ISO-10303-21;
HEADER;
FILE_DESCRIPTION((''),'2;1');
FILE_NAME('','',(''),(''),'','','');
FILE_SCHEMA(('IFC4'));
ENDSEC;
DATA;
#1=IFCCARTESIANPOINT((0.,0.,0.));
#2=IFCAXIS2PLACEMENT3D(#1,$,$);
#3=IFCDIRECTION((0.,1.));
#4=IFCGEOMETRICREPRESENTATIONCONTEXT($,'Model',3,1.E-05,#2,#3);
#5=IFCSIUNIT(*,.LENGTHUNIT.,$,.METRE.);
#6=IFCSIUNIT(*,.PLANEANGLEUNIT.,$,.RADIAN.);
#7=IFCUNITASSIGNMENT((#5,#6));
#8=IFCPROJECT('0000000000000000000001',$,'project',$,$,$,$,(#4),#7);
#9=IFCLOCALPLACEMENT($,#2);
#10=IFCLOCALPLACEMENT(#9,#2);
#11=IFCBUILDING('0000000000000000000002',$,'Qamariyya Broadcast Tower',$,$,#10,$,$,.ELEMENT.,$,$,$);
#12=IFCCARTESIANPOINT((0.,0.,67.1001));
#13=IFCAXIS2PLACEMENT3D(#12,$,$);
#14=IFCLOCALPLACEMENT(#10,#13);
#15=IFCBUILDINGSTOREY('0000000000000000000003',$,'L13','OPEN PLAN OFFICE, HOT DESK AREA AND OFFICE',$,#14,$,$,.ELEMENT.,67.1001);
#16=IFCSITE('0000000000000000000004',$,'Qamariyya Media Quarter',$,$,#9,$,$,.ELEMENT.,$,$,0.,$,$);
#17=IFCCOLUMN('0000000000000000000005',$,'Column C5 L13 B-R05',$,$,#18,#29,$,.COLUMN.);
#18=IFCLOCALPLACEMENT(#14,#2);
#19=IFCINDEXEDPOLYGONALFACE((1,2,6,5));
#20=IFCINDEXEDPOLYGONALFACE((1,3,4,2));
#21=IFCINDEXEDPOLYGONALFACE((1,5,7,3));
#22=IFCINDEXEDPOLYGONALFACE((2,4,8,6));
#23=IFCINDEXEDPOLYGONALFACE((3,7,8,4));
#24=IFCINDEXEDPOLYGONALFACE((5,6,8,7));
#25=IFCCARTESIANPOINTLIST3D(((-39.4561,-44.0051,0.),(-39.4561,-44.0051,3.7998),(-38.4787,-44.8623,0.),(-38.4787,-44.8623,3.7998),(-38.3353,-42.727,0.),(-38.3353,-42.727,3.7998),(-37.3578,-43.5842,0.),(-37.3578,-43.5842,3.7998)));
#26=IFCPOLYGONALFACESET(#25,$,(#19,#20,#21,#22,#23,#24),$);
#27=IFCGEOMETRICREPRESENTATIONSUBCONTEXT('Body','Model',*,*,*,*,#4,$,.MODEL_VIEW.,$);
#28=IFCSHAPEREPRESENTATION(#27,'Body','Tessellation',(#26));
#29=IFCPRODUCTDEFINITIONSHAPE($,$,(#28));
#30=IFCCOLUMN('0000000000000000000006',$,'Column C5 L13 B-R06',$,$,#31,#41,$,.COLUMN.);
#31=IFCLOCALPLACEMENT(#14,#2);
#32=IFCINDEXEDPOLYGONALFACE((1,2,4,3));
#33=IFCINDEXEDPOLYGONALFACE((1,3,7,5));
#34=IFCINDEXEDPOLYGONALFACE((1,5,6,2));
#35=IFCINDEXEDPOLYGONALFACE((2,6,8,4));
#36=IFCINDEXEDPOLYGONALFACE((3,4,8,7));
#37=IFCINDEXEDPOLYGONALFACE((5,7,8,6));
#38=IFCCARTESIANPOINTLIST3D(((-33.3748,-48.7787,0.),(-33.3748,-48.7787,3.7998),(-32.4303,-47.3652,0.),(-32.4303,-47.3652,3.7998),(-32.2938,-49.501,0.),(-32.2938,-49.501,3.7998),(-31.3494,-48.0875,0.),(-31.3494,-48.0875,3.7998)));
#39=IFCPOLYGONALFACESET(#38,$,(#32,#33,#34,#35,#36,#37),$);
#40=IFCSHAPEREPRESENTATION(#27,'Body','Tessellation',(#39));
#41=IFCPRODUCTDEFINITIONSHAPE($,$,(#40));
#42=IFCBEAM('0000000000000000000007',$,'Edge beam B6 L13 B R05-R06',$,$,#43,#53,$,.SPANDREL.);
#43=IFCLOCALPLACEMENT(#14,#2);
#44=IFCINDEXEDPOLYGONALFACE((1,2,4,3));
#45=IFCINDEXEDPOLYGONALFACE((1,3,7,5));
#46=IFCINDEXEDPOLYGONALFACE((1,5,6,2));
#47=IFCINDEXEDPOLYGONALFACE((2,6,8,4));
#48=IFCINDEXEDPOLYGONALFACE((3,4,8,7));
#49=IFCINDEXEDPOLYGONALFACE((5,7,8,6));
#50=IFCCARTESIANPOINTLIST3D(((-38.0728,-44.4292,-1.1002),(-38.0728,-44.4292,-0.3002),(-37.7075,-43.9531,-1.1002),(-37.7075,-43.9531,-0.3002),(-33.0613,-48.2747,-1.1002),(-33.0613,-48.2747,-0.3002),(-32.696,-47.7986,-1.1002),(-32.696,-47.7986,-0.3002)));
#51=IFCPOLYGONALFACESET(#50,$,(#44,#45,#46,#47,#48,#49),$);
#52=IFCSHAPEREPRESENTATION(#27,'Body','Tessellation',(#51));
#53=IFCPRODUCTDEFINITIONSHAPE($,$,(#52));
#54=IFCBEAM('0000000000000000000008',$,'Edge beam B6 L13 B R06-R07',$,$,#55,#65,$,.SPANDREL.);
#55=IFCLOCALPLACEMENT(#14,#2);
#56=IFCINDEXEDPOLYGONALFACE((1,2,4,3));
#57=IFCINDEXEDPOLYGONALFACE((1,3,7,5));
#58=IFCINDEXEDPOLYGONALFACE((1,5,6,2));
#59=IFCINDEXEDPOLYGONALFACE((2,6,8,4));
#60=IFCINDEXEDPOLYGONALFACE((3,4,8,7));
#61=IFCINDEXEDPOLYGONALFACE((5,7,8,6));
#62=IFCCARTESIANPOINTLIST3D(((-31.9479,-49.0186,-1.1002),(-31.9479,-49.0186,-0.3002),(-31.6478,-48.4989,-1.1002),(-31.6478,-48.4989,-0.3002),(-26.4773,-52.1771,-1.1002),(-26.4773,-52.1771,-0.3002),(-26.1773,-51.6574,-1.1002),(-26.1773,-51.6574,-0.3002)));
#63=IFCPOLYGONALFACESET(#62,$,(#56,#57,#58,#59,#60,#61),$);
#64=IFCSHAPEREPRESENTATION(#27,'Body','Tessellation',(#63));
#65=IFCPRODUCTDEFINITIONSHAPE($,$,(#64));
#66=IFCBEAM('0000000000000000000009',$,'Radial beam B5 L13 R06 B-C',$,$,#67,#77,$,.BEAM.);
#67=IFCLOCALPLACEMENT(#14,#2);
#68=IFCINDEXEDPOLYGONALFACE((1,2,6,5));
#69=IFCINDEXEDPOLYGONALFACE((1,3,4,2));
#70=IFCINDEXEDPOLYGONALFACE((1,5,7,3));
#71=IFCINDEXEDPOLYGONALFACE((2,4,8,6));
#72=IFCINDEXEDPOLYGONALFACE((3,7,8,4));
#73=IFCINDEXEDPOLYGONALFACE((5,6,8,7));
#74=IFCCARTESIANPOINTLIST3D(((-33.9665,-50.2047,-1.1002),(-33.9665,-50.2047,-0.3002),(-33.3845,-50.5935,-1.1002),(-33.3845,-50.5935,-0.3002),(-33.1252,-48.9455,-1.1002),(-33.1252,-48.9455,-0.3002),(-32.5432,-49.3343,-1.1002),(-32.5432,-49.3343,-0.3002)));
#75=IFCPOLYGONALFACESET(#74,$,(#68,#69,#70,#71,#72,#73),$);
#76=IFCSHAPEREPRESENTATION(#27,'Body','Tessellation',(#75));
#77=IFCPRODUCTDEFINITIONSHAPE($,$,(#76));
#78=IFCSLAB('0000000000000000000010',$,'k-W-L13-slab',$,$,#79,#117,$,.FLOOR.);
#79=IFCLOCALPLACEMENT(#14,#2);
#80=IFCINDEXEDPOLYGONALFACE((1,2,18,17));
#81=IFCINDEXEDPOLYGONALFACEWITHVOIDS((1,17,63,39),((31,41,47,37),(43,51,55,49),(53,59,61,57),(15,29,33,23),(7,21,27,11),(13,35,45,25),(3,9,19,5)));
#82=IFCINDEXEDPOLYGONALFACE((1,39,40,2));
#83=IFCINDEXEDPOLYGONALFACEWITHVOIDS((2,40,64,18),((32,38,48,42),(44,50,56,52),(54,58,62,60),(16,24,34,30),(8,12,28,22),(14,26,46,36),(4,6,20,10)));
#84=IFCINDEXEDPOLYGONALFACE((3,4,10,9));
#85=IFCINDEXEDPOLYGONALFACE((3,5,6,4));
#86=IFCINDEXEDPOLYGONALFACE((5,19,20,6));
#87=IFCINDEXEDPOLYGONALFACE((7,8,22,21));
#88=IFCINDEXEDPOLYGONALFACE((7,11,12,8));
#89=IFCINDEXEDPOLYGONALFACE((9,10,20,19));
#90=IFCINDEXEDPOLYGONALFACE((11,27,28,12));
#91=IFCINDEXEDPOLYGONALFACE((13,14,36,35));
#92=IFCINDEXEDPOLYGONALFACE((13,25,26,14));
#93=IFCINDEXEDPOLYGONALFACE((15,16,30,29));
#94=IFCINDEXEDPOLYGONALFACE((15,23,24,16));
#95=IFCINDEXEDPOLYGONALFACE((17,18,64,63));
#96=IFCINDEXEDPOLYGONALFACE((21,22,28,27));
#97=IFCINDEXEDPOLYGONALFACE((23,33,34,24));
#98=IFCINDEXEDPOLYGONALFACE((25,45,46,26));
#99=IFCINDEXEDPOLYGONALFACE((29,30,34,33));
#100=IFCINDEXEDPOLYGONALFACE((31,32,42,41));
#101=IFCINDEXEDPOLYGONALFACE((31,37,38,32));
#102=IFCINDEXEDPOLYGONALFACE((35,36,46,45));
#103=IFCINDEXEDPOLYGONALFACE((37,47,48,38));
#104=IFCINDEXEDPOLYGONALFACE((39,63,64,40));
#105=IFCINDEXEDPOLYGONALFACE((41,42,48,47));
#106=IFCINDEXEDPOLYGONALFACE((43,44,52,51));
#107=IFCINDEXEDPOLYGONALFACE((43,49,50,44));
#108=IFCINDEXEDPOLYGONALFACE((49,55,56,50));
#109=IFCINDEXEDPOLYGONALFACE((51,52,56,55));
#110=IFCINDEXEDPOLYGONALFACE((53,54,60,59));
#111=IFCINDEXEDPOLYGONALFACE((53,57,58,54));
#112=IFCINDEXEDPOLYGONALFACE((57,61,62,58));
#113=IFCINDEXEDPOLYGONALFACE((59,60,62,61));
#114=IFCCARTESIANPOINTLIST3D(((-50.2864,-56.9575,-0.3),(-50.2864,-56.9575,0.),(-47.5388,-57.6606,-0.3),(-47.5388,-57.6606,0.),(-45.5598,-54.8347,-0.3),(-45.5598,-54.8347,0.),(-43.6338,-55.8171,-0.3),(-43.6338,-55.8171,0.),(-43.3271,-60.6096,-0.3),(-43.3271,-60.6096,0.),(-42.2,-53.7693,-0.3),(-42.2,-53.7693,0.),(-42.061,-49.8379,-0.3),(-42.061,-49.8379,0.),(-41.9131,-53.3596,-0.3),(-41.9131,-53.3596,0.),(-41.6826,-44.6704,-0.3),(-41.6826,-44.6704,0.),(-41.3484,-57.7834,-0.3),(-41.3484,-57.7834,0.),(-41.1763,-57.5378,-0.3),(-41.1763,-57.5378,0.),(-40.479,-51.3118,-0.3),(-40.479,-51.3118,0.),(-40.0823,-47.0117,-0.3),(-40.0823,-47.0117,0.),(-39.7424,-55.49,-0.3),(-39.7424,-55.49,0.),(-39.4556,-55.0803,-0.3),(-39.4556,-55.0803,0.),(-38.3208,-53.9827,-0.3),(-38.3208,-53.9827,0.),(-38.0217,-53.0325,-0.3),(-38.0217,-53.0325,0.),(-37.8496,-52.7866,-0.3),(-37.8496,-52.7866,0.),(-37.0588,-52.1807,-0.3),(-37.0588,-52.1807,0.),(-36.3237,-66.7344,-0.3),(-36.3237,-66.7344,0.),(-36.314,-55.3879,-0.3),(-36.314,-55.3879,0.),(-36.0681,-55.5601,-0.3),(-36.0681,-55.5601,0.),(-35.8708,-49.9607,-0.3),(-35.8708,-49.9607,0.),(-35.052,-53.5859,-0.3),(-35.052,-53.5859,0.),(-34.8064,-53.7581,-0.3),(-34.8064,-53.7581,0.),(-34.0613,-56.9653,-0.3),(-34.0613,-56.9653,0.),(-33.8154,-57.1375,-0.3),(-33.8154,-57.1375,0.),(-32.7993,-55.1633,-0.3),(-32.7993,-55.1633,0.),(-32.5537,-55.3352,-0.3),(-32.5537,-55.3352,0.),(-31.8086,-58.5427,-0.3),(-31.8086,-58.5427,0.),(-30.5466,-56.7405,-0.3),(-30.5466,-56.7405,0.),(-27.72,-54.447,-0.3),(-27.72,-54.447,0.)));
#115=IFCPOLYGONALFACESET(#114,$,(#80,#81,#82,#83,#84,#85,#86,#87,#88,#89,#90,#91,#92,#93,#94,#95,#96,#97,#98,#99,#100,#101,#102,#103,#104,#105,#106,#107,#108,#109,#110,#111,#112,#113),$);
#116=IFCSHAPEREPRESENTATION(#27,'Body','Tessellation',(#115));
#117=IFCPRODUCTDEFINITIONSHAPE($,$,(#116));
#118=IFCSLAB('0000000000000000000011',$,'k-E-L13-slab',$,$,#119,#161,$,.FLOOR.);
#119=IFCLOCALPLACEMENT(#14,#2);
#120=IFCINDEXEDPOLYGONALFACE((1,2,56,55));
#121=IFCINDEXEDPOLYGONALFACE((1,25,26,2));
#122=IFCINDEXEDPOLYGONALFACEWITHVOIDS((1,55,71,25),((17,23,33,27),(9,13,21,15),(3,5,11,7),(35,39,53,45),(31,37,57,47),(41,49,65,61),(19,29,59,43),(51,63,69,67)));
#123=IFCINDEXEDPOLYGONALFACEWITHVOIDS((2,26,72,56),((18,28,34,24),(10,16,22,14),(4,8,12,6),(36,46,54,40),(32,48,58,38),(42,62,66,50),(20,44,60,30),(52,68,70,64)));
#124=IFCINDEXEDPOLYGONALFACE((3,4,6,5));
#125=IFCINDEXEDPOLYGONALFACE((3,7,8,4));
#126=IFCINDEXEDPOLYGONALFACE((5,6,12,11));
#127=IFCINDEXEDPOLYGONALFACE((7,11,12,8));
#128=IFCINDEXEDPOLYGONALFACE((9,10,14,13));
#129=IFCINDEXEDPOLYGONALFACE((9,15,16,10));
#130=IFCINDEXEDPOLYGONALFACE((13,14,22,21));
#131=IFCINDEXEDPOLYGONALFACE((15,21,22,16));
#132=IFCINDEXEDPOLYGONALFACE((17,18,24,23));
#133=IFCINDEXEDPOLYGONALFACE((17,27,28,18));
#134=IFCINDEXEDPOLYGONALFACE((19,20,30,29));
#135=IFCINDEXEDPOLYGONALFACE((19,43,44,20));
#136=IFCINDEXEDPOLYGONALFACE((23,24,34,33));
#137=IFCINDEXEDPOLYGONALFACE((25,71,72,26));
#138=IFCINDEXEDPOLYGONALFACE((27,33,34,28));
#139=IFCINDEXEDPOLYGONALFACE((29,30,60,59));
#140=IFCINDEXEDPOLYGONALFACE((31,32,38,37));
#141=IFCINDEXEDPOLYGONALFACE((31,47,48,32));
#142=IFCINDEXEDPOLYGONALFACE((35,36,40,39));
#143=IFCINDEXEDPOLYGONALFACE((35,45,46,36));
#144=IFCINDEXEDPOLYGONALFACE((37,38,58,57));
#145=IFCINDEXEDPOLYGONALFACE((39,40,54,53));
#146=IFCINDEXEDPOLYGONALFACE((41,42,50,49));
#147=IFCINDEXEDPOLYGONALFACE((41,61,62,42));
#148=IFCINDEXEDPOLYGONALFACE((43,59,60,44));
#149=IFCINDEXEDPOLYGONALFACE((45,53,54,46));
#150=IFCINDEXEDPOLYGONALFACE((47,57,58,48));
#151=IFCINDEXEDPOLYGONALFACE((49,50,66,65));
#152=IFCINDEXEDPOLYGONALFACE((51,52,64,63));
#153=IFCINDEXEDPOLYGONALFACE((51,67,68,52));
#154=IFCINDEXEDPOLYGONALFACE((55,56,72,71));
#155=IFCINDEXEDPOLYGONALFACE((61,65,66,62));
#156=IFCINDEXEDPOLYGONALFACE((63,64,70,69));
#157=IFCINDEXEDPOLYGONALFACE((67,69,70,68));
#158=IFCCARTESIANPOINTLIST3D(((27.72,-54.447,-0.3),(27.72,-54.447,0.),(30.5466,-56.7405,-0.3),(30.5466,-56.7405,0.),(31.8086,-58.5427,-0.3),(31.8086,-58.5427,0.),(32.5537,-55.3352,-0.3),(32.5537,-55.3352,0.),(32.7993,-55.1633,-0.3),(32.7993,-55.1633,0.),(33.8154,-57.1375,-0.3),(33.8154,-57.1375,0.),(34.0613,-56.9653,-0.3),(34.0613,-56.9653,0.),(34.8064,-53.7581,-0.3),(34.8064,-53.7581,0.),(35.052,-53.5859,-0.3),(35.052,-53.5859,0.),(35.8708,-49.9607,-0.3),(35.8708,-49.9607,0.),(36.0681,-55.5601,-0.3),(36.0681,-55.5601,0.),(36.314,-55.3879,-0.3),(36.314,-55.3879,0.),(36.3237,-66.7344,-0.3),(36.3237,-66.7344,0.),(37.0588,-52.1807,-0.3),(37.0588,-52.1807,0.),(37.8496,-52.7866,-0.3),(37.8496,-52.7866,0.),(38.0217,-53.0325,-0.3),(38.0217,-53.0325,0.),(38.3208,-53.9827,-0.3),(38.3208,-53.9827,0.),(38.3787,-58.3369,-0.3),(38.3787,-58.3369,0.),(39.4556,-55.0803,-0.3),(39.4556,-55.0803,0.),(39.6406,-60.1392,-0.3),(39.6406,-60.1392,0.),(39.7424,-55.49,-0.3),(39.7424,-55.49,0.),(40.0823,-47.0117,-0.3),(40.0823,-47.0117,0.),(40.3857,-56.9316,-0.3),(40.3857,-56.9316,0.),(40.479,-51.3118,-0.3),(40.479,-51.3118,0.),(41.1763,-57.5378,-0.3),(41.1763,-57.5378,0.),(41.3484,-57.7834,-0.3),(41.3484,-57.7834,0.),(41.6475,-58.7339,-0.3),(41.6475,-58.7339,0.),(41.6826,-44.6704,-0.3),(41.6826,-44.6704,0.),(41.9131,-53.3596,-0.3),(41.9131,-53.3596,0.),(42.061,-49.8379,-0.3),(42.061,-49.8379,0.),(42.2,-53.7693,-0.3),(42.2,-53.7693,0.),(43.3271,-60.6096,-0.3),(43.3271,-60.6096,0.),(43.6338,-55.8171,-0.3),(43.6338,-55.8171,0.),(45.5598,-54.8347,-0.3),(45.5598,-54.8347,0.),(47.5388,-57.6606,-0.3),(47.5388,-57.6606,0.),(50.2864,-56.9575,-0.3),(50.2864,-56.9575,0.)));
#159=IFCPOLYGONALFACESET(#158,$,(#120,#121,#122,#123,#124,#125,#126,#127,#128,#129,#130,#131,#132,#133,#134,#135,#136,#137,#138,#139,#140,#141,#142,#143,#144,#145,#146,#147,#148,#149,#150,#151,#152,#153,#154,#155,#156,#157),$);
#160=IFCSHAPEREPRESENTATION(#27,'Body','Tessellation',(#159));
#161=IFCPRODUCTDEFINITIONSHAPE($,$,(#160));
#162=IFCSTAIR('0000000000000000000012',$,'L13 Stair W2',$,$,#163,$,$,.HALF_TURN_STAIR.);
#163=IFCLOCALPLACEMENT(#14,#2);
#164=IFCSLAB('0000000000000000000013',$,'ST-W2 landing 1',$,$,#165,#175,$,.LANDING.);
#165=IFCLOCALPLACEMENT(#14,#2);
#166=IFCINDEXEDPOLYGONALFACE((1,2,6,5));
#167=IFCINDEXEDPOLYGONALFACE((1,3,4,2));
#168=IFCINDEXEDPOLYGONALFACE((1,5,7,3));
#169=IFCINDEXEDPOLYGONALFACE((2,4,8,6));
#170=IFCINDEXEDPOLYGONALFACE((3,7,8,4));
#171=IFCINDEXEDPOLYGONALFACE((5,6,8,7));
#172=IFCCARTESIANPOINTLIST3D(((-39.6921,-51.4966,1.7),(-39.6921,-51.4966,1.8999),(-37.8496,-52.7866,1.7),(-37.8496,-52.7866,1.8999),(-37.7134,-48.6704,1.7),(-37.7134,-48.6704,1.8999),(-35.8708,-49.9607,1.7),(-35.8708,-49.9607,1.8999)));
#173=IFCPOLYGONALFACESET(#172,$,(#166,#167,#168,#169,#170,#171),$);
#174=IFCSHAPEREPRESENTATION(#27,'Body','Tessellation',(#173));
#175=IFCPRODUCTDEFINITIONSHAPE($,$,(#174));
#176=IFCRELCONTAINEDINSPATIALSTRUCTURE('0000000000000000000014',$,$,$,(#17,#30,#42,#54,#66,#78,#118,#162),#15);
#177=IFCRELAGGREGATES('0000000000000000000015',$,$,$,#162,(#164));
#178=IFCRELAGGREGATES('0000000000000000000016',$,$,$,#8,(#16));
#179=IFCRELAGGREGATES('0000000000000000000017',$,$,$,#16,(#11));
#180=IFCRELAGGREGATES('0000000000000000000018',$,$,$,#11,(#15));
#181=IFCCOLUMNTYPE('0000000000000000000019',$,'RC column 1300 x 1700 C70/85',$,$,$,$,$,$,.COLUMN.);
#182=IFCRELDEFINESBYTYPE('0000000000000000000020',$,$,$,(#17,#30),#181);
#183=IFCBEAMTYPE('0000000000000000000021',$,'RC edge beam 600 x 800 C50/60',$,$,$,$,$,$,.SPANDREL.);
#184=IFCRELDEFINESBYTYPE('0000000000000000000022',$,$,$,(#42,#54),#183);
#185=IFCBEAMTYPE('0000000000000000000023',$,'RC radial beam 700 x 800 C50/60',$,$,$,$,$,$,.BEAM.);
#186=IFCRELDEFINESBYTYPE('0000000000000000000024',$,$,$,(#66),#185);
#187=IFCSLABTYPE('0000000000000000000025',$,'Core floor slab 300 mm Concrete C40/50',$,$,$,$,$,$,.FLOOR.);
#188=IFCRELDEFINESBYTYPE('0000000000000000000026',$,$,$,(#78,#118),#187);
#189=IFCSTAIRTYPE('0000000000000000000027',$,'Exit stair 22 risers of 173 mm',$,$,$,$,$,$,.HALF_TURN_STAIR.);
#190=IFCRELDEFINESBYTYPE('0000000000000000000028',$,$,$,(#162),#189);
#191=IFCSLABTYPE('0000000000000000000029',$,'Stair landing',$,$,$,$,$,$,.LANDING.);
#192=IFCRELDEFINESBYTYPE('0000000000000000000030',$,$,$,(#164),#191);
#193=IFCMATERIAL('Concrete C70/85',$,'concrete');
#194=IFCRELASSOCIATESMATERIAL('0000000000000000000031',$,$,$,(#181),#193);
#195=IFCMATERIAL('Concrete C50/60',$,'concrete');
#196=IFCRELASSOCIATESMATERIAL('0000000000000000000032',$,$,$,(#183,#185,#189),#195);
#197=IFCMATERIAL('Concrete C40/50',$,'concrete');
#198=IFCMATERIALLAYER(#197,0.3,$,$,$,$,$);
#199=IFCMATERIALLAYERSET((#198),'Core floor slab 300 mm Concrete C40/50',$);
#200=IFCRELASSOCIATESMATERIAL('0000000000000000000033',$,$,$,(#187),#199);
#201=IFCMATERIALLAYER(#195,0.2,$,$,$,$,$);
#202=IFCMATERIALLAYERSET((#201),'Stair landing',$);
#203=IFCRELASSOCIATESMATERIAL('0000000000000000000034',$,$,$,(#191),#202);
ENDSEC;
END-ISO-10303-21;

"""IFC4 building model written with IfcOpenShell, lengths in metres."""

from ifc_helpers import new_model, si_unit, direction, frame, origin, origin_2d, place, context, subcontext, project, spatial, polyline, rectangle, outline, extrude, material, layer, layer_set, material_profile, profile_set, type_object, element, aggregate, save


model = new_model("IFC4")

# Units and contexts
model_context = context("Model", 3, precision=1e-05, world=origin(), true_north=direction((0.0, 1.0)))
body_context = subcontext(model_context, "Body", "Model", "MODEL_VIEW")
ifc_project = project(units=[si_unit("LENGTHUNIT", "METRE"), si_unit("PLANEANGLEUNIT", "RADIAN")], contexts=[model_context])

# Site, building, storey
site_placement = place(None, origin())
site = spatial("IfcSite", under=ifc_project, at=site_placement, Name="Qamariyya Media Quarter", CompositionType="ELEMENT", RefElevation=0.0)
building_placement = place(site_placement, origin())
building = spatial("IfcBuilding", under=site, at=building_placement, Name="Qamariyya Broadcast Tower", CompositionType="ELEMENT")
storey_placement = place(building_placement, frame((0.0, 0.0, 67.1001)))
storey = spatial("IfcBuildingStorey", under=building, at=storey_placement, Name="L13", Description="OPEN PLAN OFFICE, HOT DESK AREA AND OFFICE", CompositionType="ELEMENT", Elevation=67.1001)

# Columns
ifc_material_1 = material(Name="Concrete C70/85", Category="concrete")
ifc_material_profile_1 = material_profile(ifc_material_1, rectangle(XDim=1.3, YDim=1.7, at=origin_2d()))
ifc_profile_set_1 = profile_set([ifc_material_profile_1], Name="Concrete C70/85")
column_type = type_object("IfcColumnType", Name="RC column 1300 x 1700 C70/85", PredefinedType="COLUMN", material=ifc_profile_set_1)
for number, where, z_axis, x_axis, name in (
    (1, (-38.407, -43.7947, 0.0), (0.0, 0.0, 1.0), (0.75184, -0.659346, 0.0), "Column C5 L13 B-R05"),
    (2, (-32.3621, -48.4331, 0.0), (0.0, 0.0, 1.0), (0.83147, -0.55557, 0.0), "Column C5 L13 B-R06"),
):
    element("IfcColumn", number, at=place(storey_placement, frame(where, z_axis=z_axis, x_axis=x_axis)), inside=storey, type_object=column_type, Name=name, PredefinedType="COLUMN", context=body_context, shape_type="SweptSolid", body=[
        extrude(rectangle(XDim=1.3, YDim=1.7, at=origin_2d()), origin(), (0.0, 0.0, 1.0), 3.7998),
    ])

# Beams
ifc_material_2 = material(Name="Concrete C50/60", Category="concrete")
ifc_material_profile_2 = material_profile(ifc_material_2, rectangle(XDim=0.6001, YDim=0.8, at=origin_2d()))
ifc_profile_set_2 = profile_set([ifc_material_profile_2], Name="Concrete C50/60")
beam_type_1 = type_object("IfcBeamType", Name="RC edge beam 600 x 800 C50/60", PredefinedType="SPANDREL", material=ifc_profile_set_2)
for number, where, z_axis, x_axis, name in (
    (3, (-37.8901, -44.1912, -0.7002), (0.793352, -0.608763, 0.0), (0.608763, 0.793352, 0.0), "Edge beam B6 L13 B R05-R06"),
    (4, (-31.7979, -48.7588, -0.7002), (0.86602, -0.500009, 0.0), (0.500009, 0.86602, 0.0), "Edge beam B6 L13 B R06-R07"),
):
    element("IfcBeam", number, at=place(storey_placement, frame(where, z_axis=z_axis, x_axis=x_axis)), inside=storey, type_object=beam_type_1, Name=name, PredefinedType="SPANDREL", context=body_context, shape_type="SweptSolid", body=[
        extrude(rectangle(XDim=0.6001, YDim=0.8, at=origin_2d()), origin(), (0.0, 0.0, 1.0), 6.3169),
    ])
ifc_material_profile_3 = material_profile(ifc_material_2, rectangle(XDim=0.7, YDim=0.8, at=origin_2d()))
ifc_profile_set_3 = profile_set([ifc_material_profile_3], Name="Concrete C50/60")
beam_type_2 = type_object("IfcBeamType", Name="RC radial beam 700 x 800 C50/60", PredefinedType="BEAM", material=ifc_profile_set_3)
beam_placement = place(storey_placement, frame((-32.8342, -49.1399, -0.7002), z_axis=(-0.555518, -0.831504, 0.0), x_axis=(0.831504, -0.555518, 0.0)))
element("IfcBeam", 5, at=beam_placement, inside=storey, type_object=beam_type_2, Name="Radial beam B5 L13 R06 B-C", PredefinedType="BEAM", context=body_context, shape_type="SweptSolid", body=[
    extrude(rectangle(XDim=0.7, YDim=0.8, at=origin_2d()), origin(), (0.0, 0.0, 1.0), 1.5144),
])

# Slabs
ifc_material_3 = material(Name="Concrete C40/50", Category="concrete")
ifc_layer_1 = layer(ifc_material_3, 0.3)
ifc_layer_set_1 = layer_set([ifc_layer_1], Name="Core floor slab 300 mm Concrete C40/50")
slab_type_1 = type_object("IfcSlabType", Name="Core floor slab 300 mm Concrete C40/50", PredefinedType="FLOOR", material=ifc_layer_set_1)
slab_1_placement = place(storey_placement, frame((0.0, 0.0, -0.3)))
element("IfcSlab", 6, at=slab_1_placement, inside=storey, type_object=slab_type_1, Name="k-W-L13-slab", PredefinedType="FLOOR", context=body_context, shape_type="SweptSolid", body=[
    extrude(outline(polyline([(-50.2864, -56.9575), (-36.3237, -66.7344), (-27.72, -54.447), (-41.6826, -44.6704), (-50.2864, -56.9575)]), holes=[polyline([(-31.8086, -58.5427), (-33.8154, -57.1375), (-32.5537, -55.3352), (-30.5466, -56.7405), (-31.8086, -58.5427)]), polyline([(-34.0613, -56.9653), (-36.0681, -55.5601), (-34.8064, -53.7581), (-32.7993, -55.1633), (-34.0613, -56.9653)]), polyline([(-36.314, -55.3879), (-38.3208, -53.9827), (-37.0588, -52.1807), (-35.052, -53.5859), (-36.314, -55.3879)]), polyline([(-39.7424, -55.49), (-42.2, -53.7693), (-43.6338, -55.8171), (-41.1763, -57.5378), (-39.7424, -55.49)]), polyline([(-39.4556, -55.0803), (-41.9131, -53.3596), (-40.479, -51.3118), (-38.0217, -53.0325), (-39.4556, -55.0803)]), polyline([(-42.061, -49.8379), (-37.8496, -52.7866), (-35.8708, -49.9607), (-40.0823, -47.0117), (-42.061, -49.8379)]), polyline([(-47.5388, -57.6606), (-43.3271, -60.6096), (-41.3484, -57.7834), (-45.5598, -54.8347), (-47.5388, -57.6606)])]), origin(), (0.0, 0.0, 1.0), 0.3),
])
slab_2_placement = place(storey_placement, frame((0.0, 0.0, -0.3)))
element("IfcSlab", 7, at=slab_2_placement, inside=storey, type_object=slab_type_1, Name="k-E-L13-slab", PredefinedType="FLOOR", context=body_context, shape_type="SweptSolid", body=[
    extrude(outline(polyline([(36.3237, -66.7344), (50.2864, -56.9575), (41.6826, -44.6704), (27.72, -54.447), (36.3237, -66.7344)]), holes=[polyline([(31.8086, -58.5427), (33.8154, -57.1375), (32.5537, -55.3352), (30.5466, -56.7405), (31.8086, -58.5427)]), polyline([(34.0613, -56.9653), (36.0681, -55.5601), (34.8064, -53.7581), (32.7993, -55.1633), (34.0613, -56.9653)]), polyline([(36.314, -55.3879), (38.3208, -53.9827), (37.0588, -52.1807), (35.052, -53.5859), (36.314, -55.3879)]), polyline([(38.3787, -58.3369), (40.3857, -56.9316), (41.6475, -58.7339), (39.6406, -60.1392), (38.3787, -58.3369)]), polyline([(39.7424, -55.49), (42.2, -53.7693), (43.6338, -55.8171), (41.1763, -57.5378), (39.7424, -55.49)]), polyline([(39.4556, -55.0803), (41.9131, -53.3596), (40.479, -51.3118), (38.0217, -53.0325), (39.4556, -55.0803)]), polyline([(40.0823, -47.0117), (35.8708, -49.9607), (37.8496, -52.7866), (42.061, -49.8379), (40.0823, -47.0117)]), polyline([(45.5598, -54.8347), (41.3484, -57.7834), (43.3271, -60.6096), (47.5388, -57.6606), (45.5598, -54.8347)])]), origin(), (0.0, 0.0, 1.0), 0.3),
])

# Stair, slab
stair_type = type_object("IfcStairType", Name="Exit stair 22 risers of 173 mm", PredefinedType="HALF_TURN_STAIR", material=ifc_material_2)
stair_1_placement = place(storey_placement, origin())
stair_1 = element("IfcStair", 8, at=stair_1_placement, inside=storey, type_object=stair_type, Name="L13 Stair W2", PredefinedType="HALF_TURN_STAIR")
ifc_layer_2 = layer(ifc_material_2, 0.2)
ifc_layer_set_2 = layer_set([ifc_layer_2], Name="Stair landing")
slab_type_2 = type_object("IfcSlabType", Name="Stair landing", PredefinedType="LANDING", material=ifc_layer_set_2)
slab_3_placement = place(storey_placement, frame((0.0, 0.0, 1.7)))
slab_3 = element("IfcSlab", 9, at=slab_3_placement, type_object=slab_type_2, Name="ST-W2 landing 1", PredefinedType="LANDING", context=body_context, shape_type="SweptSolid", body=[
    extrude(outline(polyline([(-39.6921, -51.4966), (-37.8496, -52.7866), (-35.8708, -49.9607), (-37.7134, -48.6704), (-39.6921, -51.4966)])), origin(), (0.0, 0.0, 1.0), 0.2),
])
aggregate(stair_1, [slab_3])

save(model, "model.ifc")
